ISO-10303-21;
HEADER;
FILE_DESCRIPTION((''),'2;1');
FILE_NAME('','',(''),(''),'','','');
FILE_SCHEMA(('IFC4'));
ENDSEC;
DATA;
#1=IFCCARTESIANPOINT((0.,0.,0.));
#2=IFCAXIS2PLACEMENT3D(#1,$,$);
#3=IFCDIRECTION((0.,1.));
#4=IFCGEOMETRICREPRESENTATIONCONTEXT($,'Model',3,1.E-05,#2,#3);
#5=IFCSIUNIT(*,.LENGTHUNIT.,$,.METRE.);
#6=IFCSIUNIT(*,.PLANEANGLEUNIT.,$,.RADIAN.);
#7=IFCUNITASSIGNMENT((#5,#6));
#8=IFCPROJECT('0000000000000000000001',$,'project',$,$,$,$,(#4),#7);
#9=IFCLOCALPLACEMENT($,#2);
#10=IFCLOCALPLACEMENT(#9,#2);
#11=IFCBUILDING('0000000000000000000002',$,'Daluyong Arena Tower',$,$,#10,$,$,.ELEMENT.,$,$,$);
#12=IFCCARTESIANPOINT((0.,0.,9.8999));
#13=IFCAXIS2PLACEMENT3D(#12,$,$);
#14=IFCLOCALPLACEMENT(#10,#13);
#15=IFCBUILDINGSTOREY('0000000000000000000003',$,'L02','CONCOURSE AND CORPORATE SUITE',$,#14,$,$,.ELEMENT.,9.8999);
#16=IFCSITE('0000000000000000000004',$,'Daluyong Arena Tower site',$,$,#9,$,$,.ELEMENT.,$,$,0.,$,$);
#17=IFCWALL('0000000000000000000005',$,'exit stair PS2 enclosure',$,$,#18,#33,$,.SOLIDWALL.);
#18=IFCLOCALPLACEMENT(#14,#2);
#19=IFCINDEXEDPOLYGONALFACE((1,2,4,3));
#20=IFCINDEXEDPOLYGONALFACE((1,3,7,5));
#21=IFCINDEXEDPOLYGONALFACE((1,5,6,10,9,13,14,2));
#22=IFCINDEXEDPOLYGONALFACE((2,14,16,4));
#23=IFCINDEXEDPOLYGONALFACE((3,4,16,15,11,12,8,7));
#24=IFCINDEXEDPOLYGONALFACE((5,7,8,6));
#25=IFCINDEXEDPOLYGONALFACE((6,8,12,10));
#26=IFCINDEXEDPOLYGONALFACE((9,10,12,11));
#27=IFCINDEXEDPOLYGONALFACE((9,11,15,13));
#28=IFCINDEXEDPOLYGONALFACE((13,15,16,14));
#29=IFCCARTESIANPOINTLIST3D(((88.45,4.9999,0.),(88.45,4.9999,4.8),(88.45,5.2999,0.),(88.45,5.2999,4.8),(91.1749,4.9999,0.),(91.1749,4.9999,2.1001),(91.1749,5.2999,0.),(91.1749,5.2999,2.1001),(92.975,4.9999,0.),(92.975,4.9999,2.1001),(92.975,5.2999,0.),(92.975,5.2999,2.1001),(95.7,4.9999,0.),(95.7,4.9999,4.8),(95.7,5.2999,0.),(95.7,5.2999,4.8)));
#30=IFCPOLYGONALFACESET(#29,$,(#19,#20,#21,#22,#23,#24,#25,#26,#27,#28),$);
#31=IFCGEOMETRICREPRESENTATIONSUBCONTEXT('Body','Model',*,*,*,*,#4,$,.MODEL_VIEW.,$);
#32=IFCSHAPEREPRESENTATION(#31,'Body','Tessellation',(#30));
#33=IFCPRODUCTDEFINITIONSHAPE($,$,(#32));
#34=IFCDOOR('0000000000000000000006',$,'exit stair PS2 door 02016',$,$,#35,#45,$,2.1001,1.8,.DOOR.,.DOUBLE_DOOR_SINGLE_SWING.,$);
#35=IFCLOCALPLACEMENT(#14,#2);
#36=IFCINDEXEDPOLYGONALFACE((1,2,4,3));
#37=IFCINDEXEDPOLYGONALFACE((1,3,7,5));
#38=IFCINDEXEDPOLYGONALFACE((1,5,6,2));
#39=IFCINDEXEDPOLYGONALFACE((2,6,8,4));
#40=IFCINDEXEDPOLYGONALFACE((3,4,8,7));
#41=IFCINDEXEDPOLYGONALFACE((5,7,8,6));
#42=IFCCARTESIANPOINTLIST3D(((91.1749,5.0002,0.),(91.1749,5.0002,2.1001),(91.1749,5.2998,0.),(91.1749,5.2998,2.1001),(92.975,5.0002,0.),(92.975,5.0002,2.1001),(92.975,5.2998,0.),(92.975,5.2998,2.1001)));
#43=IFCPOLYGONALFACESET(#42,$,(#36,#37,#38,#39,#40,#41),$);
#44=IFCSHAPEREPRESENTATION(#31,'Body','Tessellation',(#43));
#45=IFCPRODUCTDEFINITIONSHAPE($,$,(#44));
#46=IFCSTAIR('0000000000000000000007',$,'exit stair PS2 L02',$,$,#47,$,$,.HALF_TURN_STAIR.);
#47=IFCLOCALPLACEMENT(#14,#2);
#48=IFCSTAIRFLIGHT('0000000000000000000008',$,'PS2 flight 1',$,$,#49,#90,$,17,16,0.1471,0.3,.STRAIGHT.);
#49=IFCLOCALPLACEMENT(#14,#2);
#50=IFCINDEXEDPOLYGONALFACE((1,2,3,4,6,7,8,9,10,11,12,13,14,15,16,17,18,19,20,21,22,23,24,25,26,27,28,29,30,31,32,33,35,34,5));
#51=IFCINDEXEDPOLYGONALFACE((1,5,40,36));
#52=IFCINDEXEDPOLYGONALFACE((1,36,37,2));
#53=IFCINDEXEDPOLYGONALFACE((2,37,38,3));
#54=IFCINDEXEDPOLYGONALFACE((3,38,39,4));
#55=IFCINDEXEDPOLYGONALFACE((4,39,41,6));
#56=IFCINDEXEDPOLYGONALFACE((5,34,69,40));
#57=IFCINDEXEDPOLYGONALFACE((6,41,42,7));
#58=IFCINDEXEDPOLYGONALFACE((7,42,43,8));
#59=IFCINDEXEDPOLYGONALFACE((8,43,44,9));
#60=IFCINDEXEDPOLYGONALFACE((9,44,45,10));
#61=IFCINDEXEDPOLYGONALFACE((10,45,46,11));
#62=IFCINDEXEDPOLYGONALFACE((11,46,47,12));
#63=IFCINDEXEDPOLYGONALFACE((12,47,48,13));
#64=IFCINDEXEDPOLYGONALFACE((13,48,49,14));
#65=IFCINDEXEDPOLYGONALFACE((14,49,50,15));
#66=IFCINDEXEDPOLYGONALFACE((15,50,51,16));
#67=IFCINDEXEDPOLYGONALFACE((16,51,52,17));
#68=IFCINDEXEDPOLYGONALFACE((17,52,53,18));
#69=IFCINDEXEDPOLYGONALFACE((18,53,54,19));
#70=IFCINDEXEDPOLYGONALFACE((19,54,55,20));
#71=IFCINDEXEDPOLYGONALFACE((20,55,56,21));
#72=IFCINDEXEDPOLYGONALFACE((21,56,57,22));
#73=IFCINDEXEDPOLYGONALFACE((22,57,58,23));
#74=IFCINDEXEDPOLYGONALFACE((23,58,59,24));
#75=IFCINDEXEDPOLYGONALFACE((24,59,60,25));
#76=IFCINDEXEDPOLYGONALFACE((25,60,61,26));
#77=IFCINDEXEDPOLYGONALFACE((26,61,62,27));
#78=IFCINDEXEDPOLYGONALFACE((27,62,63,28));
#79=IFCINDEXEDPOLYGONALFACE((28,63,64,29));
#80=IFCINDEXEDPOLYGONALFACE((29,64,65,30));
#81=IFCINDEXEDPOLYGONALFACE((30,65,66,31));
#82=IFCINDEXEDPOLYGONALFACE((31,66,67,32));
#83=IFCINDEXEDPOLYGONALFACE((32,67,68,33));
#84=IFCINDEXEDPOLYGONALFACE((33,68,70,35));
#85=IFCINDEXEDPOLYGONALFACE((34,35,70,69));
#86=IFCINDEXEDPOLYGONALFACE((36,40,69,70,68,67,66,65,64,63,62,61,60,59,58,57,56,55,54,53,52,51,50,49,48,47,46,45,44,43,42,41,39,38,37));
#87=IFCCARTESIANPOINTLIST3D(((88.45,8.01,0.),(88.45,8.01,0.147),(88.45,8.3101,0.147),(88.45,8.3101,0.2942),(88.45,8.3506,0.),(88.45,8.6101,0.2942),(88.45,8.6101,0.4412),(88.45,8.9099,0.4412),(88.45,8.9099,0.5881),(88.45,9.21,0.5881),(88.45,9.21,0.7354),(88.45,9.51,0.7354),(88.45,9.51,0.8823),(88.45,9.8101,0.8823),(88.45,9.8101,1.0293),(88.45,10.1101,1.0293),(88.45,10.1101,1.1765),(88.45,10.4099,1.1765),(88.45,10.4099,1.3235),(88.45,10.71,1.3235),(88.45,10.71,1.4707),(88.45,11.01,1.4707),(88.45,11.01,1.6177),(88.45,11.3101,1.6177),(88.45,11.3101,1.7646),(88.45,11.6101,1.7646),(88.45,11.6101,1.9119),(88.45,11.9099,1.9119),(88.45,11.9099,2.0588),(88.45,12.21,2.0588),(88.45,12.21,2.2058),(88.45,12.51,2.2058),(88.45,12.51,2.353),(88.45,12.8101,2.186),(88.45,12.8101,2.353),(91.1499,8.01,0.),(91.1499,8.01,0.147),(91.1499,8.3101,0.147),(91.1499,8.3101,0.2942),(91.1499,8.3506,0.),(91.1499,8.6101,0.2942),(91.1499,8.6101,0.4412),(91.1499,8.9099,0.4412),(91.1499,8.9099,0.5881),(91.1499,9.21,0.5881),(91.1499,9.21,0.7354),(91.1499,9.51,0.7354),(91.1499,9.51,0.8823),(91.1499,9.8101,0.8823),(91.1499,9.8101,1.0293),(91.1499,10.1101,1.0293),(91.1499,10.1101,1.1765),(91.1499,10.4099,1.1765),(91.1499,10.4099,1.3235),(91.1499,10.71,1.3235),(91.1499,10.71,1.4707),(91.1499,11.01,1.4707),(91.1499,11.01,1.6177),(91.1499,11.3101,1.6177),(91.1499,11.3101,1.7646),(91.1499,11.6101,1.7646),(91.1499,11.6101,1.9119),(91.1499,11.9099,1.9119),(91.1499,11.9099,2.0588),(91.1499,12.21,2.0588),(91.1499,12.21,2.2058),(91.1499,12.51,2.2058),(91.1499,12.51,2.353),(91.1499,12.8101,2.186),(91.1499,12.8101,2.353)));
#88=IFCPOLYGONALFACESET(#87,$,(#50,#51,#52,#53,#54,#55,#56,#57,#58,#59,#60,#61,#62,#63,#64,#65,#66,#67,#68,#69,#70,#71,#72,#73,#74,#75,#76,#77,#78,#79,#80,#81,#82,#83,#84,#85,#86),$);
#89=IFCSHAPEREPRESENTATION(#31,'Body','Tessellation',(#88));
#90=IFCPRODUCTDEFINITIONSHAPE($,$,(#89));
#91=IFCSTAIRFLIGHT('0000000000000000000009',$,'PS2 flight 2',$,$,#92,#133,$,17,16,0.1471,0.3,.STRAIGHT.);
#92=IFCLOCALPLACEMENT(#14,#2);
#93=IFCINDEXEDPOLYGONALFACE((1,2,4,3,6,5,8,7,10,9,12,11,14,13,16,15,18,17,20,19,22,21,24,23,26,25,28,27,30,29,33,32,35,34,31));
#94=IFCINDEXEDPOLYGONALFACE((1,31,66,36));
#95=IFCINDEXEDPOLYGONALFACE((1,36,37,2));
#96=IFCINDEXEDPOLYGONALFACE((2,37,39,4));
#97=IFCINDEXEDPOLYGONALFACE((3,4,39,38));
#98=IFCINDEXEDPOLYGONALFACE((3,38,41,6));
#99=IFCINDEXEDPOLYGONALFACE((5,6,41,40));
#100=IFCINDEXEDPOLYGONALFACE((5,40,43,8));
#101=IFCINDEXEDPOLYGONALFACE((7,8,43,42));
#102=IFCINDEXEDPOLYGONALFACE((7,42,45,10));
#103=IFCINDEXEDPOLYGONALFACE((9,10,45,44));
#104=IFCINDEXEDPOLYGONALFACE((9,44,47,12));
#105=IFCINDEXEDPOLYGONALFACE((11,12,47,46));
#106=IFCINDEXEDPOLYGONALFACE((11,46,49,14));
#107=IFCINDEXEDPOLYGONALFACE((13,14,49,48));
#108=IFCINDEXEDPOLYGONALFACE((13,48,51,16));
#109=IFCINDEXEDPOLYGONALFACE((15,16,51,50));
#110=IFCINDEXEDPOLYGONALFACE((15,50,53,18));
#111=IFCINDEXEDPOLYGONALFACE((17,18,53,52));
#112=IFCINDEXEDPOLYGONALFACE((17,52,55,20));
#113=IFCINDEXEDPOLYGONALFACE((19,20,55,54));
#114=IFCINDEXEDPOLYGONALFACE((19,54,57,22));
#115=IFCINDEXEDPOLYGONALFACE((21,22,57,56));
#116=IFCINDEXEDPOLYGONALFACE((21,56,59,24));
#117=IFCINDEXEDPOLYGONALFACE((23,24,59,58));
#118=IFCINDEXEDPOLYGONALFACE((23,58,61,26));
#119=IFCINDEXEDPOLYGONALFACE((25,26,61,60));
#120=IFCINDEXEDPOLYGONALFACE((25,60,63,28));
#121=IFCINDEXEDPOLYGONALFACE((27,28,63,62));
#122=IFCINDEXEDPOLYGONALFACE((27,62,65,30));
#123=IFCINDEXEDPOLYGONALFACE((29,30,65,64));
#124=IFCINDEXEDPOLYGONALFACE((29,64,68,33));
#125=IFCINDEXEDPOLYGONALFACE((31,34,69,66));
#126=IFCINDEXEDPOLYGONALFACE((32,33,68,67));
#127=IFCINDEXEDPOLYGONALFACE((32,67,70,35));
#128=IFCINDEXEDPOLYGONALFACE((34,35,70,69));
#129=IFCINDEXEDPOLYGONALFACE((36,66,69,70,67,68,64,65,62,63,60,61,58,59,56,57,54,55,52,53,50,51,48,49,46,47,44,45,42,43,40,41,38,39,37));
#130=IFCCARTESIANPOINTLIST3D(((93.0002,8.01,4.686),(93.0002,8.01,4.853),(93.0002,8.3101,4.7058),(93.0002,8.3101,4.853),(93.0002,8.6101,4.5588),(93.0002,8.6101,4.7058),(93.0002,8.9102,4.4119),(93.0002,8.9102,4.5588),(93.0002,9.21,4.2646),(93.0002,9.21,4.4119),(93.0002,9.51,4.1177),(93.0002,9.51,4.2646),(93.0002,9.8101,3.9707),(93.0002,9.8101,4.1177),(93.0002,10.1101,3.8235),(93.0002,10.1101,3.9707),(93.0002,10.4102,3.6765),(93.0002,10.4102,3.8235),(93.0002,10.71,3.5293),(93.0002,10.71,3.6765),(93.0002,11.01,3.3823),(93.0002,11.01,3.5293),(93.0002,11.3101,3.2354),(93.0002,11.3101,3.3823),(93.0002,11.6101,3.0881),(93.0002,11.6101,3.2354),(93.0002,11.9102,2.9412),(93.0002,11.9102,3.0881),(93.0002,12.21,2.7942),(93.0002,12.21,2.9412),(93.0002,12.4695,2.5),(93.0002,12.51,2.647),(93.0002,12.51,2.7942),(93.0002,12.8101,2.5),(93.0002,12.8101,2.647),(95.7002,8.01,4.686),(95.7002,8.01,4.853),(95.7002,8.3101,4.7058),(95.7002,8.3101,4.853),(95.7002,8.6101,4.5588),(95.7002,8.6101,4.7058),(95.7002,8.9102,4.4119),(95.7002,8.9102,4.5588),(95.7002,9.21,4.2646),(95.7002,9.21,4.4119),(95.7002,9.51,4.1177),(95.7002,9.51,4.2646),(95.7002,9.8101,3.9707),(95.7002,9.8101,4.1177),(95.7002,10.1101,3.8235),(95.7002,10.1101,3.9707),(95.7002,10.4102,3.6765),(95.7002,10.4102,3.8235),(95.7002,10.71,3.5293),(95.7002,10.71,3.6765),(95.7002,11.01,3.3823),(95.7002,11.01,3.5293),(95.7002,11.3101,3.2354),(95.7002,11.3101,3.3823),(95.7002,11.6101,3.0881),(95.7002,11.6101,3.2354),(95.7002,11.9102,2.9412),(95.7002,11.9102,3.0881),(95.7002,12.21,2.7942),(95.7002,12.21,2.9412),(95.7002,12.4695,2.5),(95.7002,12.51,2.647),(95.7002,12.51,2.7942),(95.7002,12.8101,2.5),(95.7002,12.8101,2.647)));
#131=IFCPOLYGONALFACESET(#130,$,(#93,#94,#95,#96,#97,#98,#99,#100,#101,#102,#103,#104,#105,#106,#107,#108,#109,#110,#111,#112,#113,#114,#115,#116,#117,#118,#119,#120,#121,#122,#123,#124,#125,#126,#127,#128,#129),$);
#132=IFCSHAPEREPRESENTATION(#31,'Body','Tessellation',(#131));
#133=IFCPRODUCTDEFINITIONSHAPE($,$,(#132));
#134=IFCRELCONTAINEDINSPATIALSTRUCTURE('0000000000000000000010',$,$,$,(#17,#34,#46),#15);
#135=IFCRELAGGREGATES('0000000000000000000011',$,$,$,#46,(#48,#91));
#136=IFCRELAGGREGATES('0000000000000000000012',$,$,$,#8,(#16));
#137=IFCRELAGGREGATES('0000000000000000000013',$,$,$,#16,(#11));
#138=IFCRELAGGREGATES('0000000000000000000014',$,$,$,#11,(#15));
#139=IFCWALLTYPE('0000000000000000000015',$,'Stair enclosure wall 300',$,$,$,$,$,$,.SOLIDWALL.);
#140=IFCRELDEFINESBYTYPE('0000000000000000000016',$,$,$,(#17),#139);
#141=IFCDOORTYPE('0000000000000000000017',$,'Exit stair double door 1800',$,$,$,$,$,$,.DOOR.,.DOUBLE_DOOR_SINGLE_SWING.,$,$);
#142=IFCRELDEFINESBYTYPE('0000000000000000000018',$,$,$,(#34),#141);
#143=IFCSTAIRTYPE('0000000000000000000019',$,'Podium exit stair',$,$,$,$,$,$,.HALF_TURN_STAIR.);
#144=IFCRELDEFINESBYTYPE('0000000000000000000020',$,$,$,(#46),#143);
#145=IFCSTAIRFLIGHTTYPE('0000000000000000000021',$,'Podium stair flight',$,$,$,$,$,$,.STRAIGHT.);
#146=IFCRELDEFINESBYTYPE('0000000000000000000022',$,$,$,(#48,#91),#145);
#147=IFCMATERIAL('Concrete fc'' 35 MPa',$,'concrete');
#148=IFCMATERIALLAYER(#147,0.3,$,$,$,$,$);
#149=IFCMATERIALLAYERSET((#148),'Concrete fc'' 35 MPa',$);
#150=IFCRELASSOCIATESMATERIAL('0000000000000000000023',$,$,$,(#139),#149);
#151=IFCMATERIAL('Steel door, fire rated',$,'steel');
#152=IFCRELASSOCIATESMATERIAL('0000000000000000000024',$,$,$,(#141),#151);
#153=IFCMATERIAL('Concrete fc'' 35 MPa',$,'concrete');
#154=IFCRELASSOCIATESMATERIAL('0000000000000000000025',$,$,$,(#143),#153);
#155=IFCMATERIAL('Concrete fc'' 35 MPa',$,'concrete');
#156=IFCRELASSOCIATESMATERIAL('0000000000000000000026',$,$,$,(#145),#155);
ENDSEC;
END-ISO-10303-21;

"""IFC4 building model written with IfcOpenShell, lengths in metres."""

from ifc_helpers import new_model, si_unit, direction, frame, frame_2d, origin, place, context, subcontext, project, spatial, polyline, rectangle, outline, extrude, material, layer, layer_set, type_object, element, fill, aggregate, save


model = new_model("IFC4")

# Units and contexts
model_context = context("Model", 3, precision=1e-05, world=origin(), true_north=direction((0.0, 1.0)))
body_context = subcontext(model_context, "Body", "Model", "MODEL_VIEW")
ifc_project = project(units=[si_unit("LENGTHUNIT", "METRE"), si_unit("PLANEANGLEUNIT", "RADIAN")], contexts=[model_context])

# Site, building, storey
site_placement = place(None, origin())
site = spatial("IfcSite", under=ifc_project, at=site_placement, Name="Daluyong Arena Tower site", CompositionType="ELEMENT", RefElevation=0.0)
building_placement = place(site_placement, origin())
building = spatial("IfcBuilding", under=site, at=building_placement, Name="Daluyong Arena Tower", CompositionType="ELEMENT")
storey_placement = place(building_placement, frame((0.0, 0.0, 9.8999)))
storey = spatial("IfcBuildingStorey", under=building, at=storey_placement, Name="L02", Description="CONCOURSE AND CORPORATE SUITE", CompositionType="ELEMENT", Elevation=9.8999)

# Shared definitions
ifc_material_1 = material(Name="Concrete fc' 35 MPa", Category="concrete")
ifc_layer = layer(ifc_material_1, 0.3)
ifc_layer_set = layer_set([ifc_layer], Name="Concrete fc' 35 MPa")
wall_type = type_object("IfcWallType", Name="Stair enclosure wall 300", PredefinedType="SOLIDWALL", material=ifc_layer_set)

# Wall, opening, door
wall_1_placement = place(storey_placement, frame((88.45, 5.1499, 0.0), z_axis=(0.0, 0.0, 1.0), x_axis=(1.0, 0.0, 0.0)))
wall_1 = element("IfcWall", 1, at=wall_1_placement, inside=storey, type_object=wall_type, Name="exit stair PS2 enclosure", PredefinedType="SOLIDWALL", context=body_context, shape_type="SweptSolid", body=[
    extrude(rectangle(XDim=7.25, YDim=0.3, at=frame_2d((3.625, 0.0))), origin(), (0.0, 0.0, 1.0), 4.8),
])
opening_placement = place(wall_1_placement, frame((2.7251, 0.0, 0.0)))
opening = element("IfcOpeningElement", 2, at=opening_placement, cuts=wall_1, PredefinedType="OPENING", context=body_context, shape_type="SweptSolid", body=[
    extrude(rectangle(XDim=1.8, YDim=2.1001, at=frame_2d((0.8999, 1.05))), frame((0.0, 0.1599, 0.0), z_axis=(0.0, -1.0, 0.0), x_axis=(1.0, 0.0, 0.0)), (0.0, 0.0, 1.0), 0.3201),
])
ifc_material_2 = material(Name="Steel door, fire rated", Category="steel")
door_type = type_object("IfcDoorType", Name="Exit stair double door 1800", OperationType="DOUBLE_DOOR_SINGLE_SWING", PredefinedType="DOOR", material=ifc_material_2)
door_placement = place(opening_placement, origin())
door = element("IfcDoor", 3, at=door_placement, inside=storey, type_object=door_type, Name="exit stair PS2 door 02016", OperationType="DOUBLE_DOOR_SINGLE_SWING", OverallHeight=2.1001, OverallWidth=1.8, PredefinedType="DOOR", context=body_context, shape_type="SweptSolid", body=[
    extrude(rectangle(XDim=1.8, YDim=2.1001, at=frame_2d((0.8999, 1.05))), frame((0.0, 0.1499, 0.0), z_axis=(0.0, -1.0, 0.0), x_axis=(1.0, 0.0, 0.0)), (0.0, 0.0, 1.0), 0.2996),
])
fill(opening, door)

# Stair, stair flights
ifc_material_3 = material(Name="Concrete fc' 35 MPa", Category="concrete")
stair_type = type_object("IfcStairType", Name="Podium exit stair", PredefinedType="HALF_TURN_STAIR", material=ifc_material_3)
stair_placement = place(storey_placement, origin())
stair = element("IfcStair", 4, at=stair_placement, inside=storey, type_object=stair_type, Name="exit stair PS2 L02", PredefinedType="HALF_TURN_STAIR")
ifc_material_4 = material(Name="Concrete fc' 35 MPa", Category="concrete")
stair_flight_type = type_object("IfcStairFlightType", Name="Podium stair flight", PredefinedType="STRAIGHT", material=ifc_material_4)
stair_flight_1_placement = place(storey_placement, frame((89.8, 8.01, 0.0), z_axis=(0.0, 0.0, 1.0), x_axis=(0.0, 1.0, 0.0)))
stair_flight_1 = element("IfcStairFlight", 5, at=stair_flight_1_placement, type_object=stair_flight_type, Name="PS2 flight 1", NumberOfRisers=17, NumberOfTreads=16, PredefinedType="STRAIGHT", RiserHeight=0.1471, TreadLength=0.3, context=body_context, shape_type="SweptSolid", body=[
    extrude(outline(polyline([(0.0, 0.0), (0.0, 0.147), (0.3, 0.147), (0.3, 0.2942), (0.6001, 0.2942), (0.6001, 0.4412), (0.8999, 0.4412), (0.8999, 0.5881), (1.2, 0.5881), (1.2, 0.7354), (1.5, 0.7354), (1.5, 0.8823), (1.8, 0.8823), (1.8, 1.0293), (2.1001, 1.0293), (2.1001, 1.1765), (2.3999, 1.1765), (2.3999, 1.3235), (2.7, 1.3235), (2.7, 1.4707), (3.0, 1.4707), (3.0, 1.6177), (3.3, 1.6177), (3.3, 1.7646), (3.6001, 1.7646), (3.6001, 1.9119), (3.8999, 1.9119), (3.8999, 2.0588), (4.2, 2.0588), (4.2, 2.2058), (4.5, 2.2058), (4.5, 2.353), (4.8, 2.353), (4.8, 2.5), (4.8, 2.186), (0.3406, 0.0), (0.0, 0.0)])), frame((0.0, 1.3501, 0.0), z_axis=(0.0, -1.0, 0.0), x_axis=(1.0, 0.0, 0.0)), (0.0, 0.0, 1.0), 2.7),
])
stair_flight_2_placement = place(storey_placement, frame((94.3501, 12.8101, 2.5), z_axis=(0.0, 0.0, 1.0), x_axis=(0.0, -1.0, 0.0)))
stair_flight_2 = element("IfcStairFlight", 6, at=stair_flight_2_placement, type_object=stair_flight_type, Name="PS2 flight 2", NumberOfRisers=17, NumberOfTreads=16, PredefinedType="STRAIGHT", RiserHeight=0.1471, TreadLength=0.3, context=body_context, shape_type="SweptSolid", body=[
    extrude(outline(polyline([(0.0, 0.0), (0.0, 0.147), (0.3, 0.147), (0.3, 0.2942), (0.6001, 0.2942), (0.6001, 0.4412), (0.8999, 0.4412), (0.8999, 0.5881), (1.2, 0.5881), (1.2, 0.7354), (1.5, 0.7354), (1.5, 0.8823), (1.8, 0.8823), (1.8, 1.0293), (2.1001, 1.0293), (2.1001, 1.1765), (2.3999, 1.1765), (2.3999, 1.3235), (2.7, 1.3235), (2.7, 1.4707), (3.0, 1.4707), (3.0, 1.6177), (3.3, 1.6177), (3.3, 1.7646), (3.6001, 1.7646), (3.6001, 1.9119), (3.8999, 1.9119), (3.8999, 2.0588), (4.2, 2.0588), (4.2, 2.2058), (4.5, 2.2058), (4.5, 2.353), (4.8, 2.353), (4.8, 2.5), (4.8, 2.186), (0.3406, 0.0), (0.0, 0.0)])), frame((0.0, 1.3501, 0.0), z_axis=(0.0, -1.0, 0.0), x_axis=(1.0, 0.0, 0.0)), (0.0, 0.0, 1.0), 2.7),
])
aggregate(stair, [stair_flight_1, stair_flight_2])

save(model, "model.ifc")
